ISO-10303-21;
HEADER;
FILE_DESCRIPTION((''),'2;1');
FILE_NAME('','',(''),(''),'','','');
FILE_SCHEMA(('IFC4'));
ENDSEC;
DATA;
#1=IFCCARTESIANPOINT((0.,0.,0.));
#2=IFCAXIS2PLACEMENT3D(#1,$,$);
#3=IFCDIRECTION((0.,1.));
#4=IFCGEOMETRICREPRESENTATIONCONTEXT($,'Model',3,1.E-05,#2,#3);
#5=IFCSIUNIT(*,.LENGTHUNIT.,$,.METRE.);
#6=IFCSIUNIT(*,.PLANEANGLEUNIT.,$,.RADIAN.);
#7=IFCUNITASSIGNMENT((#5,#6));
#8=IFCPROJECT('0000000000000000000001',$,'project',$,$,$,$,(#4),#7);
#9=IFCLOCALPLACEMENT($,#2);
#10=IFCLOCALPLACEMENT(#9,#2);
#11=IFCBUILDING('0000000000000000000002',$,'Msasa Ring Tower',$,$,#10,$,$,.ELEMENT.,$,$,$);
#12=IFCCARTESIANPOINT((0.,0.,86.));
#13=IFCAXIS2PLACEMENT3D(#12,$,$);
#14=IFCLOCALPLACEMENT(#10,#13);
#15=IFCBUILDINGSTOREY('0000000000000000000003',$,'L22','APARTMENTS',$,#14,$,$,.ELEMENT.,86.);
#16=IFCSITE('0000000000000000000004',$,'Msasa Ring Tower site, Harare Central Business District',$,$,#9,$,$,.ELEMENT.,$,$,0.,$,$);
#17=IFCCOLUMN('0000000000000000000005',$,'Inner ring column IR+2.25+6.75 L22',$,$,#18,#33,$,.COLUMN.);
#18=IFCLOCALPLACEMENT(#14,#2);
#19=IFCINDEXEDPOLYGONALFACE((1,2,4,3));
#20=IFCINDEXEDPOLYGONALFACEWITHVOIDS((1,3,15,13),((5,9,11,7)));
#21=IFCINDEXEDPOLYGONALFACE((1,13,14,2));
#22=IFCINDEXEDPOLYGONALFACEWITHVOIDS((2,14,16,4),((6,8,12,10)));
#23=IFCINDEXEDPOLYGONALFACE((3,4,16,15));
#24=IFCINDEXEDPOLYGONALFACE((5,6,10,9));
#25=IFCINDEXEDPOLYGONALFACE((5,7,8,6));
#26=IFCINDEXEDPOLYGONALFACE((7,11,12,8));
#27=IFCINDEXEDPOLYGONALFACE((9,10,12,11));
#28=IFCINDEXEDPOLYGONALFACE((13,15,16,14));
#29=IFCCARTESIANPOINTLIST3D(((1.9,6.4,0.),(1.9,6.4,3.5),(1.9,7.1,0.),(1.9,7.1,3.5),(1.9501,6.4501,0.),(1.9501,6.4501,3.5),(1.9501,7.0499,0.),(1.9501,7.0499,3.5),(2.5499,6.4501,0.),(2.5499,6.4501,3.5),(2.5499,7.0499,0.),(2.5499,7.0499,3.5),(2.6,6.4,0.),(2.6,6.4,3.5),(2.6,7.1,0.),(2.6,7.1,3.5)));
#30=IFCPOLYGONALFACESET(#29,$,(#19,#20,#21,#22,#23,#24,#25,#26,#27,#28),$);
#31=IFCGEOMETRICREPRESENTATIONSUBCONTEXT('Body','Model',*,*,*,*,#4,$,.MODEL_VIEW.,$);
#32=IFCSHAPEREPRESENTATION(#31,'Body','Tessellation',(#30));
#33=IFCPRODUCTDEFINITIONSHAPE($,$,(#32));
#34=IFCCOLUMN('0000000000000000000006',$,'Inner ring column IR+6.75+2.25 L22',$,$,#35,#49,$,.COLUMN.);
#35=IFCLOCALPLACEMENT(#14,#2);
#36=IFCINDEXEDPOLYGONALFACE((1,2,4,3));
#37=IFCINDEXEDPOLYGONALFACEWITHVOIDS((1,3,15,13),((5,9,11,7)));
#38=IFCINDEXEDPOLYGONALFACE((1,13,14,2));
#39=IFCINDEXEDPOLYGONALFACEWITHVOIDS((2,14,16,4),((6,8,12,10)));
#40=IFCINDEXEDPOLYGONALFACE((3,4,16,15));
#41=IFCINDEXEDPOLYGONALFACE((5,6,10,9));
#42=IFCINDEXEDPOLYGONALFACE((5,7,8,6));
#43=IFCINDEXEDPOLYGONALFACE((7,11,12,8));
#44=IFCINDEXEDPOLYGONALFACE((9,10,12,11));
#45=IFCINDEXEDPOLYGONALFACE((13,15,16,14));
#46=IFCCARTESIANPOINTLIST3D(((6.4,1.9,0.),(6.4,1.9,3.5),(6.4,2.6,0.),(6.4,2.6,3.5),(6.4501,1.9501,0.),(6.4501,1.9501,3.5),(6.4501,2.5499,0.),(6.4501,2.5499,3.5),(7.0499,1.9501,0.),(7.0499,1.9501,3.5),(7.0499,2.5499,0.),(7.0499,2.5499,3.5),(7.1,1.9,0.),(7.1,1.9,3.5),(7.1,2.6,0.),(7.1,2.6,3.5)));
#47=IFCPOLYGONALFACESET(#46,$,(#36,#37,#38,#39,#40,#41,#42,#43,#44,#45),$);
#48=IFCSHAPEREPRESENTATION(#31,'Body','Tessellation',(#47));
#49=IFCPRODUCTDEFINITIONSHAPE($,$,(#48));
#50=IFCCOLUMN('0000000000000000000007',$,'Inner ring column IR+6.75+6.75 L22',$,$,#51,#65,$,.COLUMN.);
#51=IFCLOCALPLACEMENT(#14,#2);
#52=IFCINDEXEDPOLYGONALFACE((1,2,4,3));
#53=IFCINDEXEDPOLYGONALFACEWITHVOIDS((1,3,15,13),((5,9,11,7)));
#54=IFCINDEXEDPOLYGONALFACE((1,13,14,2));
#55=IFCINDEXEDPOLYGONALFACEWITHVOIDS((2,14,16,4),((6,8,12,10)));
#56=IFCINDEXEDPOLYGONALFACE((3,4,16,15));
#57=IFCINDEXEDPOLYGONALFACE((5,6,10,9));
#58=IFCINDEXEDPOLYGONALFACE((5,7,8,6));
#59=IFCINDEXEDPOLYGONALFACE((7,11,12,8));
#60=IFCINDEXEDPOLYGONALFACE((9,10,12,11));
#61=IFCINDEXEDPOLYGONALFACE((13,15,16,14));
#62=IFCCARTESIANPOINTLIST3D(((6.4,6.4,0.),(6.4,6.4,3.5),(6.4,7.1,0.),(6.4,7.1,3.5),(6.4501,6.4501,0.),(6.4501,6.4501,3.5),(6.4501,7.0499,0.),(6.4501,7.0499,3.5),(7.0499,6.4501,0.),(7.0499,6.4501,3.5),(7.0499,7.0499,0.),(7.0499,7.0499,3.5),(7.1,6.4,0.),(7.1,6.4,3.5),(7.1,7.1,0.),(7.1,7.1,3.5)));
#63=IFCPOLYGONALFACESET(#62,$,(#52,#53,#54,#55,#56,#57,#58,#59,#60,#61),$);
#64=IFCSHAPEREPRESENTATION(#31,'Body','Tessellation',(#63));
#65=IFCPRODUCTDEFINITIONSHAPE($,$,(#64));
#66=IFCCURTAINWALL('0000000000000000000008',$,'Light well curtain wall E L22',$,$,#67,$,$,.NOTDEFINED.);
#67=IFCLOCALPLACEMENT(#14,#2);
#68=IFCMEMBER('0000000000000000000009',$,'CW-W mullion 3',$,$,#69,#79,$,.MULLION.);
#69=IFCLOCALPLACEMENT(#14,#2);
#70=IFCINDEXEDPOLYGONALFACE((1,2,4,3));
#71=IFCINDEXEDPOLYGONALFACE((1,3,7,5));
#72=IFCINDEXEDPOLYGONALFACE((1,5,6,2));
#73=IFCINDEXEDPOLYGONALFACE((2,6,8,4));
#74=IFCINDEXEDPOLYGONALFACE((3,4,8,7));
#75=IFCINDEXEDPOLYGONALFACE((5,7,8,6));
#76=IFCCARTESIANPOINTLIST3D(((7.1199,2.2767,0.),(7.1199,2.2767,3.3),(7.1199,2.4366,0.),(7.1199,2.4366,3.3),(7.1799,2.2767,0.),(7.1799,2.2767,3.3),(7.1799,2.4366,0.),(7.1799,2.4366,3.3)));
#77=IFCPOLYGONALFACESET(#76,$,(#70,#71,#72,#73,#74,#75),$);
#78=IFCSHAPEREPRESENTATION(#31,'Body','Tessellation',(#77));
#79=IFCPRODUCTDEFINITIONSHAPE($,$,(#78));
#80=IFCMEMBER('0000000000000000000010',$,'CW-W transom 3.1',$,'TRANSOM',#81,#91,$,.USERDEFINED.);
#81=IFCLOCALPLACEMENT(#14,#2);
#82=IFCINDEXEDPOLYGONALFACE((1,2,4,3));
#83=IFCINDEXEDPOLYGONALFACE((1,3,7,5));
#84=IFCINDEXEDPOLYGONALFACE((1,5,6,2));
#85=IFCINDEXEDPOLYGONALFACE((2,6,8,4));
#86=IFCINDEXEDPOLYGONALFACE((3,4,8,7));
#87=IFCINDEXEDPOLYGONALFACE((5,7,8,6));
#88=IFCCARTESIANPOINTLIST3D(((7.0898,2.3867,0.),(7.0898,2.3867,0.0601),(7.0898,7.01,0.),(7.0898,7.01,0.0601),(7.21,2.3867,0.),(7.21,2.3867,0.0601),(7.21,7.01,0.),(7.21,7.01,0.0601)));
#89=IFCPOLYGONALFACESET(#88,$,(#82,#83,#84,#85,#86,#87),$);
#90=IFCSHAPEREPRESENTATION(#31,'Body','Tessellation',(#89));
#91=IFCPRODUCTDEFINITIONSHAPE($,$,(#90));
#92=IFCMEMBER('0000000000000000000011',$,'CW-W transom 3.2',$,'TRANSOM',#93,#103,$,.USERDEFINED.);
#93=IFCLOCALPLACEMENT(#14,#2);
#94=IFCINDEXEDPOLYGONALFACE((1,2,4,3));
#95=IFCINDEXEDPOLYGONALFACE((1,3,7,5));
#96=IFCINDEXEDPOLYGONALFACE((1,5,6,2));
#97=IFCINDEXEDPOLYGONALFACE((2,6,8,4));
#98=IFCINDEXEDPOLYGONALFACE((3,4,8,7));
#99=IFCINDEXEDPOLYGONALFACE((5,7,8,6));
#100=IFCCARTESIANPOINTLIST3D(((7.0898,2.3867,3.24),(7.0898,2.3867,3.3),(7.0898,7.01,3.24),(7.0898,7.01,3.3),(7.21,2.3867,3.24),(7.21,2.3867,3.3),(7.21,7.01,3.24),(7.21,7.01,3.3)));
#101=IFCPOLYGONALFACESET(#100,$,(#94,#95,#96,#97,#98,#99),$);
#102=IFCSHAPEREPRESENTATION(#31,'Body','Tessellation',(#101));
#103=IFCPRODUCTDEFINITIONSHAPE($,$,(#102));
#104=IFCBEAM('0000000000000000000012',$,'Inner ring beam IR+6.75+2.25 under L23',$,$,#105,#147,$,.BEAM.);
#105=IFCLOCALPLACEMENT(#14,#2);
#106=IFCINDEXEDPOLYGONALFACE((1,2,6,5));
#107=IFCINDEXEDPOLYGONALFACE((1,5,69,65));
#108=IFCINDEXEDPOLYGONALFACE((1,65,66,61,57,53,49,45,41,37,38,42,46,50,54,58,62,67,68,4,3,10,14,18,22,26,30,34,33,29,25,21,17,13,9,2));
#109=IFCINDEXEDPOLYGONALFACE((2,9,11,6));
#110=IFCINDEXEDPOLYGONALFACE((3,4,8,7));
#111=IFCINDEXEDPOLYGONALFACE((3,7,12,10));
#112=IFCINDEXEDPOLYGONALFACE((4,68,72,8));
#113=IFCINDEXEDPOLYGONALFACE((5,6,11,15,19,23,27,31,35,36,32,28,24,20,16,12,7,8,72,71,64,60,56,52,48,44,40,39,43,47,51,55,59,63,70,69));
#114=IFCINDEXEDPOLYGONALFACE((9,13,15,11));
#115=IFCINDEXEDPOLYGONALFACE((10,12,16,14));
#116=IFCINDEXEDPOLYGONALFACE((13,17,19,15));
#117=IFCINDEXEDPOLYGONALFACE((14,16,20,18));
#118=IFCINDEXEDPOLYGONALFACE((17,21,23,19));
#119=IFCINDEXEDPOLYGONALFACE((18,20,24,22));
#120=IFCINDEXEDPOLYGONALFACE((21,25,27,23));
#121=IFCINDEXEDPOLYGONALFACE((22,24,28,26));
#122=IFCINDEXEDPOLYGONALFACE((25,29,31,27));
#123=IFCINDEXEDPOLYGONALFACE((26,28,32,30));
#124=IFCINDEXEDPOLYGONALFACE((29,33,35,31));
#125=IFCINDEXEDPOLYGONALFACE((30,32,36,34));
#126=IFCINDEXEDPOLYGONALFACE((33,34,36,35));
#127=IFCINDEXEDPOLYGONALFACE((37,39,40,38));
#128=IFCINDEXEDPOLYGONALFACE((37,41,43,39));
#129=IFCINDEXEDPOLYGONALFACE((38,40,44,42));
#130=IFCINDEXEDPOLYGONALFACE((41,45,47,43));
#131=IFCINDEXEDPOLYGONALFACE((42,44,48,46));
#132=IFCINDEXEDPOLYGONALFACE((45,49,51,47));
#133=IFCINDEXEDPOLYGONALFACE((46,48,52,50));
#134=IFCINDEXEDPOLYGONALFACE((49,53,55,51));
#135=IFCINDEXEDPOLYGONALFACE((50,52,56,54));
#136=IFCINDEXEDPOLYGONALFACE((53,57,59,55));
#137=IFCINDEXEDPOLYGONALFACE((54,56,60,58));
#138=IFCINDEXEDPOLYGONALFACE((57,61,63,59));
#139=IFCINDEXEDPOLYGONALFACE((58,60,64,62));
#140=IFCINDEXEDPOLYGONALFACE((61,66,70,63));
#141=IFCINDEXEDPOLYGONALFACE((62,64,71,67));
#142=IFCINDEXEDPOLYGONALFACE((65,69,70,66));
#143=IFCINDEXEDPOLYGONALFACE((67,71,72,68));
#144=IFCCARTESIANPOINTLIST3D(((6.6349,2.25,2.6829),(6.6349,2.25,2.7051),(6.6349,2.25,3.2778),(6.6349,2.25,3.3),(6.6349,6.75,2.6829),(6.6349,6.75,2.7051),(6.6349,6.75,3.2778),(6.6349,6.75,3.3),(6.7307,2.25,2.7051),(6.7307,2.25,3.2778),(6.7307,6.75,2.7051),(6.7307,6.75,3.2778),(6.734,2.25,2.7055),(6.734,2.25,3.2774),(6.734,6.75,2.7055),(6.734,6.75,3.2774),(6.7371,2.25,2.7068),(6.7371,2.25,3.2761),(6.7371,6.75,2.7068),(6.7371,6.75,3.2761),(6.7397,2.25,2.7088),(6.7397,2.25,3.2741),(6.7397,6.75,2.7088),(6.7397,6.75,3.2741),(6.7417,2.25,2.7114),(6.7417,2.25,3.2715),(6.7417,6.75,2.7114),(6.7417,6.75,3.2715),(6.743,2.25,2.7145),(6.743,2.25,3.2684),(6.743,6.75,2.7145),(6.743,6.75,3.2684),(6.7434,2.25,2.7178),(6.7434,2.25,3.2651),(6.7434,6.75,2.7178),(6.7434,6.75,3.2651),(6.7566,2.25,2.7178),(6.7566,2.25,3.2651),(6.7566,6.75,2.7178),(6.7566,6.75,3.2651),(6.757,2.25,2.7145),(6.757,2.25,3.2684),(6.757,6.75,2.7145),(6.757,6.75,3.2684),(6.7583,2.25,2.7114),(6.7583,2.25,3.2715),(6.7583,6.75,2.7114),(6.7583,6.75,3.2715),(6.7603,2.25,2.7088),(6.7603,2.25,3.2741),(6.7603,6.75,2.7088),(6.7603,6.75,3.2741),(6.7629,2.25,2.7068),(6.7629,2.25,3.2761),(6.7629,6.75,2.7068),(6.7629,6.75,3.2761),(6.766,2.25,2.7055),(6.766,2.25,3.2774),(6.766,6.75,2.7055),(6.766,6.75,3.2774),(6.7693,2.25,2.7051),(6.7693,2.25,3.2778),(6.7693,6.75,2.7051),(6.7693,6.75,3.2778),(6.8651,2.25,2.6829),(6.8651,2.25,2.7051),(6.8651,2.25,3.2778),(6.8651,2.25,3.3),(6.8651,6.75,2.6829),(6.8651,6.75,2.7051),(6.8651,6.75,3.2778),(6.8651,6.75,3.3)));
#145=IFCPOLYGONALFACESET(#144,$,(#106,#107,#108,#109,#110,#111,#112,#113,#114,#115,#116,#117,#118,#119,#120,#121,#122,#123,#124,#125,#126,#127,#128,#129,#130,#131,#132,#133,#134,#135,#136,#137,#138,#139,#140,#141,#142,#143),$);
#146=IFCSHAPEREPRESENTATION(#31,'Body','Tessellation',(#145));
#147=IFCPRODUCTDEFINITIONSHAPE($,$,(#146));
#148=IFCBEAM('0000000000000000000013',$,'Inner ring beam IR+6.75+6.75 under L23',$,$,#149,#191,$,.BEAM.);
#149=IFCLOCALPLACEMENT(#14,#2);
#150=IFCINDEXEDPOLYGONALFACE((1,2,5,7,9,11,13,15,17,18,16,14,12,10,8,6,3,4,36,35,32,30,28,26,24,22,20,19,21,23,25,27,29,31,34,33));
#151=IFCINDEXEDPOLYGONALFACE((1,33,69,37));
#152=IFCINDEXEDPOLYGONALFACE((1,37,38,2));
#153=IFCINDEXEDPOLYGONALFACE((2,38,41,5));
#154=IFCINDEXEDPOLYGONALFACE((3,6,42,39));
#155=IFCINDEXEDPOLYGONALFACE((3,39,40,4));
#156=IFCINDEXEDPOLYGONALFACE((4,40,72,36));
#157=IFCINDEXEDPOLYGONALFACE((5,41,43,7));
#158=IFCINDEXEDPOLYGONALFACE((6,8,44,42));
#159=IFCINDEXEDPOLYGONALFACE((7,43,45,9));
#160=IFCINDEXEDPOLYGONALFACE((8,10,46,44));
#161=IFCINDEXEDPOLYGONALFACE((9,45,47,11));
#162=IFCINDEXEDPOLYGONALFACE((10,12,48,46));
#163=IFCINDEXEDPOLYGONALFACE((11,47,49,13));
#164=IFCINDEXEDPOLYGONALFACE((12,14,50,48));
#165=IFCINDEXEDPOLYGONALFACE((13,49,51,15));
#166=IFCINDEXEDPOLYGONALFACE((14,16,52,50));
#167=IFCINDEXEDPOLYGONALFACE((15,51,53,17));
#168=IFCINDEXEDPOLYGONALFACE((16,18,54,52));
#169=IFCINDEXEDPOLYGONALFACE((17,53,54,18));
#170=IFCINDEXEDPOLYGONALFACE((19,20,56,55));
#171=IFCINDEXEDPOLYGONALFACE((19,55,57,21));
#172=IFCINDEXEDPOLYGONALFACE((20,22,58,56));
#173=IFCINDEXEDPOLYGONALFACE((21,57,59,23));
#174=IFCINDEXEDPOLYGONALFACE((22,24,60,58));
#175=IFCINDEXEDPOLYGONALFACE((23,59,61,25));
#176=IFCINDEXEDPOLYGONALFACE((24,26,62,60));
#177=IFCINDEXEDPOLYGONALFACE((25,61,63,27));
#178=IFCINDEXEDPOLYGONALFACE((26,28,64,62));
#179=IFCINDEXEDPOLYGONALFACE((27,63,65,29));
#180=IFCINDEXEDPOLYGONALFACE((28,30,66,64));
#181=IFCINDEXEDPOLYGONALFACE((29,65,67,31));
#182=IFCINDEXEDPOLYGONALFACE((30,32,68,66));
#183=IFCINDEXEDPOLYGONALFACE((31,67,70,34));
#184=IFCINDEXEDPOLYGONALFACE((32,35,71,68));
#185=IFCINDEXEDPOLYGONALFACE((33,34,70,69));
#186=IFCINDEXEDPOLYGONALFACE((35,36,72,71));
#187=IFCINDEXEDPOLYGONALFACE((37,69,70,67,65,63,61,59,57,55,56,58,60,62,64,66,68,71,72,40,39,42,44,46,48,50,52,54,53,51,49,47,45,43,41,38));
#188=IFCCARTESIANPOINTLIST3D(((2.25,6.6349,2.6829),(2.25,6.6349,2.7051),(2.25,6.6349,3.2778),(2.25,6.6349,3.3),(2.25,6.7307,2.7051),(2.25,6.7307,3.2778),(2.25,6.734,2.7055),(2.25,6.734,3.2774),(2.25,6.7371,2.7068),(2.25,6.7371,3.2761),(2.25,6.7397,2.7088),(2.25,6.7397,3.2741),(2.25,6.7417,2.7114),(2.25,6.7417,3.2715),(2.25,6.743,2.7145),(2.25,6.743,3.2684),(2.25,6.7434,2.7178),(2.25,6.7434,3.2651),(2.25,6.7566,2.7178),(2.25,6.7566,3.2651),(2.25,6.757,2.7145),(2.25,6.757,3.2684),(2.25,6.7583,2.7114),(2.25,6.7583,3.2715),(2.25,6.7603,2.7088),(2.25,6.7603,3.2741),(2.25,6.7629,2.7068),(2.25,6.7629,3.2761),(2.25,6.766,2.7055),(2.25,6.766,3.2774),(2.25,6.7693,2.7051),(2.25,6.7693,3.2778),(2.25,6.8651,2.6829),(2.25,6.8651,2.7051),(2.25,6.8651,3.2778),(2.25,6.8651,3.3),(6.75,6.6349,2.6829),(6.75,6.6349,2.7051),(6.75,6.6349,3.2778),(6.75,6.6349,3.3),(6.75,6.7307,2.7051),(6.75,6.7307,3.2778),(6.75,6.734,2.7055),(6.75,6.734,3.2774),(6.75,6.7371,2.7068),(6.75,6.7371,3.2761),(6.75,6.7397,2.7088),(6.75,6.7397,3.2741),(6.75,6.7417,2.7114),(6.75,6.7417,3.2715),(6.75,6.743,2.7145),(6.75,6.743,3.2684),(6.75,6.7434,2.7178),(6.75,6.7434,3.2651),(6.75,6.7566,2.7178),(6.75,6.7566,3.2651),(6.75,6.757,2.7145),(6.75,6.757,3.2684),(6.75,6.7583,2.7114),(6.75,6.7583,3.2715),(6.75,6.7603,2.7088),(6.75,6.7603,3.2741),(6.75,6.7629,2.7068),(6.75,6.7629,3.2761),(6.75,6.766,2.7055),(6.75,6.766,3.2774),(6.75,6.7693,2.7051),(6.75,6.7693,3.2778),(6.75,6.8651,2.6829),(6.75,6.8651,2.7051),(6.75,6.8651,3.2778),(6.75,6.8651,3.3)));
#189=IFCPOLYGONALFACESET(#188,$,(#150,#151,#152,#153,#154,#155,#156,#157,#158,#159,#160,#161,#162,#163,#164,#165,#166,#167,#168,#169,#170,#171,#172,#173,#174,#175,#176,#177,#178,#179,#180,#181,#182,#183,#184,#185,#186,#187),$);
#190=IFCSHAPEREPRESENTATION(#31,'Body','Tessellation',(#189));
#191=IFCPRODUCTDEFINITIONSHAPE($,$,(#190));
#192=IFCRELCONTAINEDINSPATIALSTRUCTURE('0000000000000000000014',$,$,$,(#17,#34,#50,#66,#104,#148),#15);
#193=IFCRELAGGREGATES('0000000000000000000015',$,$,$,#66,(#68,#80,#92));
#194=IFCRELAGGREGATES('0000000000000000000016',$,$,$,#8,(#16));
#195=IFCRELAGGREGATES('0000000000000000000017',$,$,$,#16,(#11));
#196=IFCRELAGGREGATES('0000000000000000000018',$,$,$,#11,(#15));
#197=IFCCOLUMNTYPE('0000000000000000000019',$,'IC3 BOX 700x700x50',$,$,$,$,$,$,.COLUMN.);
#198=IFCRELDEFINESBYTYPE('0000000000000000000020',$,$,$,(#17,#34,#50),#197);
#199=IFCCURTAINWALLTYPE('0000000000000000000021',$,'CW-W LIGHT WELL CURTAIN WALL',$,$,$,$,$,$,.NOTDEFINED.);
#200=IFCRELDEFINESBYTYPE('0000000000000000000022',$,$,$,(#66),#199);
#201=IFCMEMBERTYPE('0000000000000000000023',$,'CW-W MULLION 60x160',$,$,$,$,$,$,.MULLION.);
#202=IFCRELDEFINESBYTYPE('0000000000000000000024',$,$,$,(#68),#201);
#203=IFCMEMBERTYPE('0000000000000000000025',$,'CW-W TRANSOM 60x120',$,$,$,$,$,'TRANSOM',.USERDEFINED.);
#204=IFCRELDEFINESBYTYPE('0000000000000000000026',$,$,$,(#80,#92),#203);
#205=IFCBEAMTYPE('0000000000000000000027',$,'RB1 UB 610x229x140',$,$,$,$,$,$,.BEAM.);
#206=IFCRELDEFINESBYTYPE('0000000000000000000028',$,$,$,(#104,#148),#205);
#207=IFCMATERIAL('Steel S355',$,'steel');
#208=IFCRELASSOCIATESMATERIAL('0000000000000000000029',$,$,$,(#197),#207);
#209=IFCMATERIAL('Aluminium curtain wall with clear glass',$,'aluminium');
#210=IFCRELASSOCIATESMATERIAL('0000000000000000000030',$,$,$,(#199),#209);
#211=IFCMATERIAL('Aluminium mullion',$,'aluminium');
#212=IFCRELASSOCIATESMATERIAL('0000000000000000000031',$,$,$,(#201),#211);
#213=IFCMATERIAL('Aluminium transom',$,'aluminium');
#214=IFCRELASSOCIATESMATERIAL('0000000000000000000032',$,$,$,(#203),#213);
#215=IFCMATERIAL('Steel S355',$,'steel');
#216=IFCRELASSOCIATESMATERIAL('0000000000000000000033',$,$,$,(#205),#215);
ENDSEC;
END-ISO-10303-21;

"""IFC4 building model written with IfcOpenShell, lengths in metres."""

from ifc_helpers import new_model, si_unit, direction, frame, origin, origin_2d, place, context, subcontext, project, spatial, rectangle, hollow_rectangle, i_section, extrude, material, material_profile, profile_set, type_object, element, aggregate, save


model = new_model("IFC4")

# Units and contexts
model_context = context("Model", 3, precision=1e-05, world=origin(), true_north=direction((0.0, 1.0)))
body_context = subcontext(model_context, "Body", "Model", "MODEL_VIEW")
ifc_project = project(units=[si_unit("LENGTHUNIT", "METRE"), si_unit("PLANEANGLEUNIT", "RADIAN")], contexts=[model_context])

# Site, building, storey
site_placement = place(None, origin())
site = spatial("IfcSite", under=ifc_project, at=site_placement, Name="Msasa Ring Tower site, Harare Central Business District", CompositionType="ELEMENT", RefElevation=0.0)
building_placement = place(site_placement, origin())
building = spatial("IfcBuilding", under=site, at=building_placement, Name="Msasa Ring Tower", CompositionType="ELEMENT")
storey_placement = place(building_placement, frame((0.0, 0.0, 86.0)))
storey = spatial("IfcBuildingStorey", under=building, at=storey_placement, Name="L22", Description="APARTMENTS", CompositionType="ELEMENT", Elevation=86.0)

# Columns
ifc_material_1 = material(Name="Steel S355", Category="steel")
ifc_material_profile_1 = material_profile(ifc_material_1, hollow_rectangle(XDim=0.7, YDim=0.7, WallThickness=0.05, at=origin_2d()), Name="BOX 700x700x50")
ifc_profile_set_1 = profile_set([ifc_material_profile_1], Name="Steel S355")
column_type = type_object("IfcColumnType", Name="IC3 BOX 700x700x50", PredefinedType="COLUMN", material=ifc_profile_set_1)
for number, where, z_axis, x_axis, name in (
    (1, (2.25, 6.75, 0.0), (0.0, 0.0, 1.0), (1.0, 0.0, 0.0), "Inner ring column IR+2.25+6.75 L22"),
    (2, (6.75, 2.25, 0.0), (0.0, 0.0, 1.0), (1.0, 0.0, 0.0), "Inner ring column IR+6.75+2.25 L22"),
    (3, (6.75, 6.75, 0.0), (0.0, 0.0, 1.0), (1.0, 0.0, 0.0), "Inner ring column IR+6.75+6.75 L22"),
):
    element("IfcColumn", number, at=place(storey_placement, frame(where, z_axis=z_axis, x_axis=x_axis)), inside=storey, type_object=column_type, Name=name, PredefinedType="COLUMN", context=body_context, shape_type="SweptSolid", body=[
        extrude(hollow_rectangle(XDim=0.7, YDim=0.7, WallThickness=0.05, at=origin_2d()), origin(), (0.0, 0.0, 1.0), 3.5),
    ])

# Curtain wall, members
ifc_material_2 = material(Name="Aluminium curtain wall with clear glass", Category="aluminium")
curtain_wall_type = type_object("IfcCurtainWallType", Name="CW-W LIGHT WELL CURTAIN WALL", PredefinedType="NOTDEFINED", material=ifc_material_2)
curtain_wall_placement = place(storey_placement, origin())
curtain_wall = element("IfcCurtainWall", 4, at=curtain_wall_placement, inside=storey, type_object=curtain_wall_type, Name="Light well curtain wall E L22", PredefinedType="NOTDEFINED")
ifc_material_3 = material(Name="Aluminium mullion", Category="aluminium")
ifc_material_profile_2 = material_profile(ifc_material_3, rectangle(XDim=0.0601, YDim=0.1599, at=origin_2d()), Name="AL 60x160")
ifc_profile_set_2 = profile_set([ifc_material_profile_2], Name="Aluminium mullion")
member_type_1 = type_object("IfcMemberType", Name="CW-W MULLION 60x160", PredefinedType="MULLION", material=ifc_profile_set_2)
member_1_placement = place(storey_placement, frame((7.1499, 2.3567, 0.0), z_axis=(0.0, 0.0, 1.0), x_axis=(-1.0, 0.0, 0.0)))
member_1 = element("IfcMember", 5, at=member_1_placement, type_object=member_type_1, Name="CW-W mullion 3", PredefinedType="MULLION", context=body_context, shape_type="SweptSolid", body=[
    extrude(rectangle(XDim=0.0601, YDim=0.1599, at=origin_2d()), origin(), (0.0, 0.0, 1.0), 3.3),
])
ifc_material_4 = material(Name="Aluminium transom", Category="aluminium")
ifc_material_profile_3 = material_profile(ifc_material_4, rectangle(XDim=0.1201, YDim=0.0601, at=origin_2d()), Name="AL 60x120")
ifc_profile_set_3 = profile_set([ifc_material_profile_3], Name="Aluminium transom")
member_type_2 = type_object("IfcMemberType", Name="CW-W TRANSOM 60x120", ElementType="TRANSOM", PredefinedType="USERDEFINED", material=ifc_profile_set_3)
member_2_placement = place(storey_placement, frame((7.1499, 2.3867, 0.03), z_axis=(0.0, 1.0, 0.0), x_axis=(-1.0, 0.0, 0.0)))
member_2 = element("IfcMember", 6, at=member_2_placement, type_object=member_type_2, Name="CW-W transom 3.1", ObjectType="TRANSOM", PredefinedType="USERDEFINED", context=body_context, shape_type="SweptSolid", body=[
    extrude(rectangle(XDim=0.1201, YDim=0.0601, at=origin_2d()), origin(), (0.0, 0.0, 1.0), 4.6233),
])
member_3_placement = place(storey_placement, frame((7.1499, 2.3867, 3.27), z_axis=(0.0, 1.0, 0.0), x_axis=(-1.0, 0.0, 0.0)))
member_3 = element("IfcMember", 7, at=member_3_placement, type_object=member_type_2, Name="CW-W transom 3.2", ObjectType="TRANSOM", PredefinedType="USERDEFINED", context=body_context, shape_type="SweptSolid", body=[
    extrude(rectangle(XDim=0.1201, YDim=0.0601, at=origin_2d()), origin(), (0.0, 0.0, 1.0), 4.6233),
])

# Beams
ifc_material_5 = material(Name="Steel S355", Category="steel")
ifc_material_profile_4 = material_profile(ifc_material_5, i_section(OverallWidth=0.2302, OverallDepth=0.6172, WebThickness=0.0132, FlangeThickness=0.0222, FilletRadius=0.0127, at=origin_2d()), Name="UB 610x229x140")
ifc_profile_set_4 = profile_set([ifc_material_profile_4], Name="Steel S355")
beam_type = type_object("IfcBeamType", Name="RB1 UB 610x229x140", PredefinedType="BEAM", material=ifc_profile_set_4)
for number, where, z_axis, x_axis, name in (
    (8, (6.75, 2.25, 2.9915), (0.0, 1.0, 0.0), (-1.0, 0.0, 0.0), "Inner ring beam IR+6.75+2.25 under L23"),
    (9, (6.75, 6.75, 2.9915), (-1.0, 0.0, 0.0), (0.0, -1.0, 0.0), "Inner ring beam IR+6.75+6.75 under L23"),
):
    element("IfcBeam", number, at=place(storey_placement, frame(where, z_axis=z_axis, x_axis=x_axis)), inside=storey, type_object=beam_type, Name=name, PredefinedType="BEAM", context=body_context, shape_type="SweptSolid", body=[
        extrude(i_section(OverallWidth=0.2302, OverallDepth=0.6172, WebThickness=0.0132, FlangeThickness=0.0222, FilletRadius=0.0127, at=origin_2d()), origin(), (0.0, 0.0, 1.0), 4.5),
    ])

aggregate(curtain_wall, [member_1, member_2, member_3])

save(model, "model.ifc")
